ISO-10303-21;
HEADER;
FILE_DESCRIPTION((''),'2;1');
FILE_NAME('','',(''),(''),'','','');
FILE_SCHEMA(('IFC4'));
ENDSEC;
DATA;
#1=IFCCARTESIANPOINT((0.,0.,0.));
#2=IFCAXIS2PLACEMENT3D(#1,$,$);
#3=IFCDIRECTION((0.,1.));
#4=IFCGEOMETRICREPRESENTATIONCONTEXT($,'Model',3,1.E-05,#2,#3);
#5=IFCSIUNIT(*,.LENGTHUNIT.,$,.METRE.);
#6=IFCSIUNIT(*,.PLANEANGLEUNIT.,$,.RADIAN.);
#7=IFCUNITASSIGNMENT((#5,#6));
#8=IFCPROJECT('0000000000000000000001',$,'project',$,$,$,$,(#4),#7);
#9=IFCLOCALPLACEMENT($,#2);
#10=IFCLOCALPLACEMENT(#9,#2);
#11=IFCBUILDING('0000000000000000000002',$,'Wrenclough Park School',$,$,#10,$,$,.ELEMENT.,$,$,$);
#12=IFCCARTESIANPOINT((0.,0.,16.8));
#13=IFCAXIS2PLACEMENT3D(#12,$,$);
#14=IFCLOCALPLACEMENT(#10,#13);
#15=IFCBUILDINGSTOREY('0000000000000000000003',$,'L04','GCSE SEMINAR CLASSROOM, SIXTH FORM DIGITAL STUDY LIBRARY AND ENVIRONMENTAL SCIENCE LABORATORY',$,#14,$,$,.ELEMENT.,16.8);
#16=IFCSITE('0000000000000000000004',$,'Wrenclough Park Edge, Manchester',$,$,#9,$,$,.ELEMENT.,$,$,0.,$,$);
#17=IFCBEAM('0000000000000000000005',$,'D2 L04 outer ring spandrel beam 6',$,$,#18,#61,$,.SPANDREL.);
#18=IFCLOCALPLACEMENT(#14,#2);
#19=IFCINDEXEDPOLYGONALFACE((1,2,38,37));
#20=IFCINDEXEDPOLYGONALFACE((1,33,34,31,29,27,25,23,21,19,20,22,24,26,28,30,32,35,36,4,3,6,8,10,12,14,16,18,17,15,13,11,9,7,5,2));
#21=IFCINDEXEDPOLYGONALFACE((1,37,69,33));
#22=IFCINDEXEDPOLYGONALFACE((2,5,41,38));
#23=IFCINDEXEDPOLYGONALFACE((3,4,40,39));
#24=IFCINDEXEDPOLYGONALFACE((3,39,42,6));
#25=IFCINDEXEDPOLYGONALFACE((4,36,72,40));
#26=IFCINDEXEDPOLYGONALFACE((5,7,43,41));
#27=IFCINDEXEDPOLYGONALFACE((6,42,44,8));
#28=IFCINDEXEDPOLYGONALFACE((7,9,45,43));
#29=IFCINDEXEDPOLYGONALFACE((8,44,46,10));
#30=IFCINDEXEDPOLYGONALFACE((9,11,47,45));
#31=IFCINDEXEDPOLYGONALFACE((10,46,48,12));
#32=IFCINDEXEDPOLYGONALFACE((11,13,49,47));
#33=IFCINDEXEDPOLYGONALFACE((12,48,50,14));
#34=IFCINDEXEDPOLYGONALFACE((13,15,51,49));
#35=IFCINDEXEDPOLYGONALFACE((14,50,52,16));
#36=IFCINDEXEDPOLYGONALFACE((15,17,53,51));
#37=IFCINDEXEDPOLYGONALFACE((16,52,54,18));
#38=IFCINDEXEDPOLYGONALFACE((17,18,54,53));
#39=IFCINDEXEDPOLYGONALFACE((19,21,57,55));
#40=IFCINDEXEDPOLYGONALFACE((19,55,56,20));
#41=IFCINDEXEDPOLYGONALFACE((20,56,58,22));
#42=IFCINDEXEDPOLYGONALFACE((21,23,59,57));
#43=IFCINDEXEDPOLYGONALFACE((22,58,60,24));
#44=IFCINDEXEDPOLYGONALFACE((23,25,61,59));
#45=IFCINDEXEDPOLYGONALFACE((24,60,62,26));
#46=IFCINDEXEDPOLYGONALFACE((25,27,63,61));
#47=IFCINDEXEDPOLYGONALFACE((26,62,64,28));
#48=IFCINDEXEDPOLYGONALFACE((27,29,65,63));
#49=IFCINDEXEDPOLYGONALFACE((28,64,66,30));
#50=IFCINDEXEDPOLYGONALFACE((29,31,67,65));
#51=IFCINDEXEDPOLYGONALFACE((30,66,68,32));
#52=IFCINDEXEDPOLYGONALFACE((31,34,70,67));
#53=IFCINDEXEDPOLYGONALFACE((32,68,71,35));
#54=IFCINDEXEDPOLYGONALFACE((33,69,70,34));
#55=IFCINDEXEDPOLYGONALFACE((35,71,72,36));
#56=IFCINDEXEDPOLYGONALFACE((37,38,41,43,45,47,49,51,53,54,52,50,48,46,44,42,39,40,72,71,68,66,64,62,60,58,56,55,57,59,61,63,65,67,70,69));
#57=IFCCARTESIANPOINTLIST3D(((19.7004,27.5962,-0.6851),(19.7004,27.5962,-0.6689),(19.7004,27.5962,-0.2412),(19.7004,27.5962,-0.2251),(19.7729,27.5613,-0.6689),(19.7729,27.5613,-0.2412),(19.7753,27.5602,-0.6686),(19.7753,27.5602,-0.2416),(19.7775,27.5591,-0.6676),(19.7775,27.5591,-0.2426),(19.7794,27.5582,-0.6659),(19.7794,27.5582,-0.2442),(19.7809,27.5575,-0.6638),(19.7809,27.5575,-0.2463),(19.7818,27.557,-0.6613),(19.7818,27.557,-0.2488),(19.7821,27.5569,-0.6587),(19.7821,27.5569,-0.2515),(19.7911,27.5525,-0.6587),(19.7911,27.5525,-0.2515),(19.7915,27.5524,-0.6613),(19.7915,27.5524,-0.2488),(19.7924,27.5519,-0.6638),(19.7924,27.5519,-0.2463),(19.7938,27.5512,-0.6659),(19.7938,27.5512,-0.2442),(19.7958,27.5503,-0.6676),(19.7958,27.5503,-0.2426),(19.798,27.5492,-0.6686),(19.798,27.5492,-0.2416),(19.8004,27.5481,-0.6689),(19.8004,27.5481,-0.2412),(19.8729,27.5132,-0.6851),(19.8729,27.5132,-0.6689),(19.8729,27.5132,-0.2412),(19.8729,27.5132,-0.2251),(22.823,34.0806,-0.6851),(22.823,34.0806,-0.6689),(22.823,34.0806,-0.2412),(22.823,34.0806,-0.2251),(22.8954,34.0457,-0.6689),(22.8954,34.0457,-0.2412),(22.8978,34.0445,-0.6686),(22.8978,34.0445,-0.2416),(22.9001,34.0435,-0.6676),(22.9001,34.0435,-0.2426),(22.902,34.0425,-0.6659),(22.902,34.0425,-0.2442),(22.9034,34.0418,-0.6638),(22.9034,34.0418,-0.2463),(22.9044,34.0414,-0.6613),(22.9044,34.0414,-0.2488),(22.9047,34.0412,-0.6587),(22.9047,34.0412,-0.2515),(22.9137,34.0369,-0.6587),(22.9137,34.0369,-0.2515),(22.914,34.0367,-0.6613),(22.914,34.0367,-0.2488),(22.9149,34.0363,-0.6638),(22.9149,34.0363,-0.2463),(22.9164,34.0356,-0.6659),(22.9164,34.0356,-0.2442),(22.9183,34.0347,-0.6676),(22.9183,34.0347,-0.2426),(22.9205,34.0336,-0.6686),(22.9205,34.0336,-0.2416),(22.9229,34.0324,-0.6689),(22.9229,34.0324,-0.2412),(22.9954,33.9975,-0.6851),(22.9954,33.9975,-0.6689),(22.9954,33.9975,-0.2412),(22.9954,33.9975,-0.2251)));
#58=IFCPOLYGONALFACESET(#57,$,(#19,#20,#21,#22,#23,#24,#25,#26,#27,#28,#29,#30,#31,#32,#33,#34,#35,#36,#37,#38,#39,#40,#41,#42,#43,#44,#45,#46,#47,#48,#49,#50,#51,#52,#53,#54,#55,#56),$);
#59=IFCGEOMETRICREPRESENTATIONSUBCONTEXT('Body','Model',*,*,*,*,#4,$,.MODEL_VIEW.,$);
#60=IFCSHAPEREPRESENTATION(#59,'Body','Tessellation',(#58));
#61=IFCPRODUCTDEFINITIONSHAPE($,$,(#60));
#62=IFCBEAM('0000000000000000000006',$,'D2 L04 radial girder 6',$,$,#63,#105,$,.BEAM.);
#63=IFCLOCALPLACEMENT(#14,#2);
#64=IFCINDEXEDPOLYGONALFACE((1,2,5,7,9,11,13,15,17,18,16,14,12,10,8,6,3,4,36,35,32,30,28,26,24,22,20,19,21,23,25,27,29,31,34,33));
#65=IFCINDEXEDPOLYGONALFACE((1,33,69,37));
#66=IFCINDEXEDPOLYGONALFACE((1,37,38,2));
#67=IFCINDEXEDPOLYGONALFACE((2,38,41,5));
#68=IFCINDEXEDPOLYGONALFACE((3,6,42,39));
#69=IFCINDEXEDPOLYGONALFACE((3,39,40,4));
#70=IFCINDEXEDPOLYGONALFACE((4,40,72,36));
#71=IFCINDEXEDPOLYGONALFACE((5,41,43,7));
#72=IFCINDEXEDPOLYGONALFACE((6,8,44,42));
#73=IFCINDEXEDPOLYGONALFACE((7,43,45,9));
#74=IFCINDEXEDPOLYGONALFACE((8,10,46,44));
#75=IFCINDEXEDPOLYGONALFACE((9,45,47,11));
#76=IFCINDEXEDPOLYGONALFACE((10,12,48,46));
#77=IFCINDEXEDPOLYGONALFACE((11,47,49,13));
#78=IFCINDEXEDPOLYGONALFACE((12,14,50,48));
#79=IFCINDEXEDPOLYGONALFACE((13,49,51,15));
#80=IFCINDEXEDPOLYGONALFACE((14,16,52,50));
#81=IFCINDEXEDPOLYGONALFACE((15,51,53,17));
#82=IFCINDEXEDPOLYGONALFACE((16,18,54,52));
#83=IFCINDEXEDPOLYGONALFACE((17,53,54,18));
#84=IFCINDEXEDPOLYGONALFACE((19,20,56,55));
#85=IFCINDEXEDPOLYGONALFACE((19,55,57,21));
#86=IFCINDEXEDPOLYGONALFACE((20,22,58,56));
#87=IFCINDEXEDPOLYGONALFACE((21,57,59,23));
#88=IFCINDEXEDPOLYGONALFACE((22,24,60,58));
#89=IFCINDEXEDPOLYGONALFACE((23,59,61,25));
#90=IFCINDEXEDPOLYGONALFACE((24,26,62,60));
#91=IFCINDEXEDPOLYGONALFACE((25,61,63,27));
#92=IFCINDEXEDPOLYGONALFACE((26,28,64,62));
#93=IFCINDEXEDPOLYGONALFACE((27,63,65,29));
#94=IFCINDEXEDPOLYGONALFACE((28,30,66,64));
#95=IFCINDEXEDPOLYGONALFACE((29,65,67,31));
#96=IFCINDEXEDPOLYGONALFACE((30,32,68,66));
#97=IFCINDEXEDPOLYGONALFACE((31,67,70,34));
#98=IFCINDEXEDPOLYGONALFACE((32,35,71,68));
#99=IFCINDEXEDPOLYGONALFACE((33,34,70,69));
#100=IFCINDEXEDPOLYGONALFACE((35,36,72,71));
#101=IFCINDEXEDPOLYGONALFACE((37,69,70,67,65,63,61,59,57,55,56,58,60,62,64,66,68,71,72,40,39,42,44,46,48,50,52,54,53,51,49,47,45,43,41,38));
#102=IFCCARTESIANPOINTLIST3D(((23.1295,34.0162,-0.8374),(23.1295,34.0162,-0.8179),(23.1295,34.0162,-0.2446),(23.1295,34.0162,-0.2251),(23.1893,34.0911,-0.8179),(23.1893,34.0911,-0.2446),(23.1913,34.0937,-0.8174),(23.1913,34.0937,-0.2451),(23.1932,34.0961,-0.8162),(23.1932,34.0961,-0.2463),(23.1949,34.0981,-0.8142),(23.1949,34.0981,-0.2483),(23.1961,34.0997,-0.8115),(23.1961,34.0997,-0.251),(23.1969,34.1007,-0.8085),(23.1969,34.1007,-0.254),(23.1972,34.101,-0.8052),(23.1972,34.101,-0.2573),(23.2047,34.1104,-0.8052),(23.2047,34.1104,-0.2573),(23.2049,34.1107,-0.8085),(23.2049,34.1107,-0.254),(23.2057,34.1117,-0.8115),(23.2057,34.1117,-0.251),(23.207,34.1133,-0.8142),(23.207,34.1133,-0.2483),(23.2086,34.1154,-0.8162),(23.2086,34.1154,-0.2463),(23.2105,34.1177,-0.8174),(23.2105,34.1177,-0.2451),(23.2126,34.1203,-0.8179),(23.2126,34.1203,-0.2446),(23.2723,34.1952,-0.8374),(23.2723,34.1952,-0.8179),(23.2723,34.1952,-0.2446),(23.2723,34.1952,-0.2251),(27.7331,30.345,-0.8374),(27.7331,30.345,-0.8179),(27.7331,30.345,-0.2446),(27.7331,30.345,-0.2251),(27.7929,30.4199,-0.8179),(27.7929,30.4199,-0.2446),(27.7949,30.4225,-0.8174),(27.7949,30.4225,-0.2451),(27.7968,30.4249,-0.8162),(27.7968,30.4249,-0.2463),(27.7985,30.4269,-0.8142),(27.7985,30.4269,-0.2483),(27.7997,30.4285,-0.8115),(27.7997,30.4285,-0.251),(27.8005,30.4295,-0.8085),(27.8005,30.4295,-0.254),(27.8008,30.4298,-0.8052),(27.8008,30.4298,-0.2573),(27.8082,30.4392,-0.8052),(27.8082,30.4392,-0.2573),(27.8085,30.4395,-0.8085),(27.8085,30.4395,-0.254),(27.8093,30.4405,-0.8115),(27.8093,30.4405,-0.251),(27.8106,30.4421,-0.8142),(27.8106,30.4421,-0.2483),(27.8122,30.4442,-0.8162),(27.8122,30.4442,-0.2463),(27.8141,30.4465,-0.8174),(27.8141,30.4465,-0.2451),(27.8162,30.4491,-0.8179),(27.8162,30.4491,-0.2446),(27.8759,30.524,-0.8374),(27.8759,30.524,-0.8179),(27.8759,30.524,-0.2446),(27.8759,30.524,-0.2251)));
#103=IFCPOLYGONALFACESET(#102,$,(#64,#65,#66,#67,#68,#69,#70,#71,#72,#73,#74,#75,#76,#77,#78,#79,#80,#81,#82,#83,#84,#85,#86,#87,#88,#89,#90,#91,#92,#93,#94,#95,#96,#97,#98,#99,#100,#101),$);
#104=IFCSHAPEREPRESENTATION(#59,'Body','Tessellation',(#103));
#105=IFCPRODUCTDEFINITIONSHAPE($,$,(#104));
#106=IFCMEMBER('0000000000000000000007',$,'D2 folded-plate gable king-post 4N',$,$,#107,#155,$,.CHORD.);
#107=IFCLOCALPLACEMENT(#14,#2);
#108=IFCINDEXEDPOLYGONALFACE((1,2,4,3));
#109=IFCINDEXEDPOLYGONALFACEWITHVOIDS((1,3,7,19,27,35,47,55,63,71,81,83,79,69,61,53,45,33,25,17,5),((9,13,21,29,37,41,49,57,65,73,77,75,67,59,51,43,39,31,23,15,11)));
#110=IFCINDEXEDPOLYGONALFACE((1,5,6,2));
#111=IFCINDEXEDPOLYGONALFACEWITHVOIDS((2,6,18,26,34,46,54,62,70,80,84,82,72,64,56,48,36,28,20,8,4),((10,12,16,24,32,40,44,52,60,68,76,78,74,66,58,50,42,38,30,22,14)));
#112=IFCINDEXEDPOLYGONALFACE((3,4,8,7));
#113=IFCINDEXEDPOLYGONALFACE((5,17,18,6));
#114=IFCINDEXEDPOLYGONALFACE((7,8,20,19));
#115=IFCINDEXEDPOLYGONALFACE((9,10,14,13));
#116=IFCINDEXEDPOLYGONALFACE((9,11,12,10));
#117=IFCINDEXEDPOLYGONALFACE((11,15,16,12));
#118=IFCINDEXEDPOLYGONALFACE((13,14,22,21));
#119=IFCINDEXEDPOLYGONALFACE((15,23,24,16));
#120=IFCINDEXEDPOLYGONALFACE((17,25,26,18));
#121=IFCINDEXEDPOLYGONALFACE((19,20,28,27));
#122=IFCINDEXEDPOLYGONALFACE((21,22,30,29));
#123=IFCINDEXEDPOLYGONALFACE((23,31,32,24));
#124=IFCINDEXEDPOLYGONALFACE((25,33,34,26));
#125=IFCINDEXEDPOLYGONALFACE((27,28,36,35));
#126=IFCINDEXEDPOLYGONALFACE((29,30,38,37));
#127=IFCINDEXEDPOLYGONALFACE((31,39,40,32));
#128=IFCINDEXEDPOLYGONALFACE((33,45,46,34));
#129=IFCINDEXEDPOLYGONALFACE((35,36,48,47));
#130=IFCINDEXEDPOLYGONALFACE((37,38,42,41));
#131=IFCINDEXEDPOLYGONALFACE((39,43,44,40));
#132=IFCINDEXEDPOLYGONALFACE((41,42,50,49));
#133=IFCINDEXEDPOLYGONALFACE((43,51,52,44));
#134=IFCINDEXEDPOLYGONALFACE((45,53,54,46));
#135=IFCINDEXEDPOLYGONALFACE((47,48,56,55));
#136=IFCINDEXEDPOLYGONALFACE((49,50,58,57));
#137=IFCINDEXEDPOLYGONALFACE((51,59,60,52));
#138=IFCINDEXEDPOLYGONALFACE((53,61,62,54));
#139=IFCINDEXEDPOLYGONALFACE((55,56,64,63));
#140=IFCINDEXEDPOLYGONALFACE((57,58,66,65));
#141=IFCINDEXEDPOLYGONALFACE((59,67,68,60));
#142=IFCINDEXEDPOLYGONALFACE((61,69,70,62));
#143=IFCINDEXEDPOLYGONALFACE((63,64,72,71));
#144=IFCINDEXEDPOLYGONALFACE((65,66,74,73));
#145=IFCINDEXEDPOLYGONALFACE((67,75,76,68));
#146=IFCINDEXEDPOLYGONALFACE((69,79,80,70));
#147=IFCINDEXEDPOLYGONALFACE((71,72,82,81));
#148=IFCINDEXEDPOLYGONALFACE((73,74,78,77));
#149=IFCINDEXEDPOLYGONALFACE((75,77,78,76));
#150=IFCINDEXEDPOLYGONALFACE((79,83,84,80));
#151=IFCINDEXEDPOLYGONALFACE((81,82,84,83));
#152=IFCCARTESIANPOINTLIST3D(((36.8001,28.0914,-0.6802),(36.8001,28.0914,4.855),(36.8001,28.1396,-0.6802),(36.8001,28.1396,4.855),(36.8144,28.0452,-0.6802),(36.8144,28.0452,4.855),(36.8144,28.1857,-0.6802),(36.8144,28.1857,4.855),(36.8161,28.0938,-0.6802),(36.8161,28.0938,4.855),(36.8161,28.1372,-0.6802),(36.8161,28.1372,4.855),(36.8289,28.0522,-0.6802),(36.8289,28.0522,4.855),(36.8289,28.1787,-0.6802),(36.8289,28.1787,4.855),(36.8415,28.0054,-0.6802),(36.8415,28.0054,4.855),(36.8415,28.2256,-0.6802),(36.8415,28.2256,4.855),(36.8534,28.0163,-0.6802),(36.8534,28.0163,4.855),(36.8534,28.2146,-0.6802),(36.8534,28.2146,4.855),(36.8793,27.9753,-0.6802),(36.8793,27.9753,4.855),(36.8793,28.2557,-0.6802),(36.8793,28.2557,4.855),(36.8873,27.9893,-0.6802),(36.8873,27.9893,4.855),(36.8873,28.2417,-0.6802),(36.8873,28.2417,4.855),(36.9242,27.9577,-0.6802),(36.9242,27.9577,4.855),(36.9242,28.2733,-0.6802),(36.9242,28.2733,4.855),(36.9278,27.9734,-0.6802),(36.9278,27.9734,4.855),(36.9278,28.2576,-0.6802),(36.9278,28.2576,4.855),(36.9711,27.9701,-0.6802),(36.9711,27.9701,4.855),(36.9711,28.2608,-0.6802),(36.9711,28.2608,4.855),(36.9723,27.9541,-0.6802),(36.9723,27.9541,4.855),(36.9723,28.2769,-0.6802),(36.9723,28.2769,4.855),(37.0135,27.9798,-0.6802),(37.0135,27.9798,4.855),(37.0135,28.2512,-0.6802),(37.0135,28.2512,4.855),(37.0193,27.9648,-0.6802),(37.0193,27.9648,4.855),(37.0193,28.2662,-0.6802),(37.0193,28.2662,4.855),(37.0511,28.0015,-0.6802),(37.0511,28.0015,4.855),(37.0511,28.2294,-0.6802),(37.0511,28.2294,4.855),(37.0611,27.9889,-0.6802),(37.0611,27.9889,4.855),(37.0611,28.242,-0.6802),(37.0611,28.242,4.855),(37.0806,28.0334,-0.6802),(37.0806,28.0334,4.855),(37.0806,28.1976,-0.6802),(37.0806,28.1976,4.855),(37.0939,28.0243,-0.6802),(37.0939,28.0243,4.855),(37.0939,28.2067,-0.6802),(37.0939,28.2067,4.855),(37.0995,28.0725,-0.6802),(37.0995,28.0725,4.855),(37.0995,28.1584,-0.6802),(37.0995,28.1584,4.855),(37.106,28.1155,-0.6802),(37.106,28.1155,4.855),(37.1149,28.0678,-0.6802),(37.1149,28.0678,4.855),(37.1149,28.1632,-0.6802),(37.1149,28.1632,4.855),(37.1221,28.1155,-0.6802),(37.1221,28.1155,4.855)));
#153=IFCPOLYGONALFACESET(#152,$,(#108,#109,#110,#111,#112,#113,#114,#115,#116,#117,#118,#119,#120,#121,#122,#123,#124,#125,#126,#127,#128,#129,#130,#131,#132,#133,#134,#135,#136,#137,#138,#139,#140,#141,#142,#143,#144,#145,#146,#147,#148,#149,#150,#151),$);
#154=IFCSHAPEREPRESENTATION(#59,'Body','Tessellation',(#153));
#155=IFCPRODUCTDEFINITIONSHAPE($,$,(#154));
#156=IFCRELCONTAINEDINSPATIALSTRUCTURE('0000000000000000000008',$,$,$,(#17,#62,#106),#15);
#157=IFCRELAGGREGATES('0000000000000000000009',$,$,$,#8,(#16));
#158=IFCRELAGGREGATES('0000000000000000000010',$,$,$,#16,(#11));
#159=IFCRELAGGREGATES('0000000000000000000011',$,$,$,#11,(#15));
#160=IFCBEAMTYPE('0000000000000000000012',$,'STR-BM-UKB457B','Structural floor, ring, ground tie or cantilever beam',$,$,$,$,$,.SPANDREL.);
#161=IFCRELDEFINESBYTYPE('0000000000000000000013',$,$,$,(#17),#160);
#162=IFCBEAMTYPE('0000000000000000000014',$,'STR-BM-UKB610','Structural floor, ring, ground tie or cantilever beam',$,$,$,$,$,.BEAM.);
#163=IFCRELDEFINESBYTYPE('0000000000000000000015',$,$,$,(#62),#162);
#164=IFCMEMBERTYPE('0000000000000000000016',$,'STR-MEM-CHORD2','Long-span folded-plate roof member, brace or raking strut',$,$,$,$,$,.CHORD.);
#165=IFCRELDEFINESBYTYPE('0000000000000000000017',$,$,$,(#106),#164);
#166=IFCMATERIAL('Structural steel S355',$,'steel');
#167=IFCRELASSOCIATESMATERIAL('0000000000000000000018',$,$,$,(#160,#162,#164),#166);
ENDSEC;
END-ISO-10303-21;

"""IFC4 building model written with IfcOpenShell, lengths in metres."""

from ifc_helpers import new_model, si_unit, direction, frame, origin, origin_2d, place, context, subcontext, project, spatial, hollow_circle, i_section, extrude, material, material_profile, profile_set, type_object, element, save


model = new_model("IFC4")

# Units and contexts
model_context = context("Model", 3, precision=1e-05, world=origin(), true_north=direction((0.0, 1.0)))
body_context = subcontext(model_context, "Body", "Model", "MODEL_VIEW")
ifc_project = project(units=[si_unit("LENGTHUNIT", "METRE"), si_unit("PLANEANGLEUNIT", "RADIAN")], contexts=[model_context])

# Site, building, storey
site_placement = place(None, origin())
site = spatial("IfcSite", under=ifc_project, at=site_placement, Name="Wrenclough Park Edge, Manchester", CompositionType="ELEMENT", RefElevation=0.0)
building_placement = place(site_placement, origin())
building = spatial("IfcBuilding", under=site, at=building_placement, Name="Wrenclough Park School", CompositionType="ELEMENT")
storey_placement = place(building_placement, frame((0.0, 0.0, 16.8)))
storey = spatial("IfcBuildingStorey", under=building, at=storey_placement, Name="L04", Description="GCSE SEMINAR CLASSROOM, SIXTH FORM DIGITAL STUDY LIBRARY AND ENVIRONMENTAL SCIENCE LABORATORY", CompositionType="ELEMENT", Elevation=16.8)

# Shared definitions
ifc_material_1 = material(Name="Structural steel S355", Category="steel")

# Beams
ifc_material_profile_1 = material_profile(ifc_material_1, i_section(OverallWidth=0.1914, OverallDepth=0.46, WebThickness=0.01, FlangeThickness=0.0161, FilletRadius=0.0103, at=origin_2d()), Name="UKB 457x191x82")
ifc_profile_set_1 = profile_set([ifc_material_profile_1], Name="Structural steel S355")
beam_type_1 = type_object("IfcBeamType", Name="STR-BM-UKB457B", Description="Structural floor, ring, ground tie or cantilever beam", PredefinedType="SPANDREL", material=ifc_profile_set_1)
for number, where, z_axis, x_axis, name in (
    (1, (22.9092, 34.0391, -0.4551), (-0.433867, -0.900977, 0.0), (0.900977, -0.433867, 0.0), "D2 L04 outer ring spandrel beam 6"),
):
    element("IfcBeam", number, at=place(storey_placement, frame(where, z_axis=z_axis, x_axis=x_axis)), inside=storey, type_object=beam_type_1, Name=name, PredefinedType="SPANDREL", context=body_context, shape_type="SweptSolid", body=[
        extrude(i_section(OverallWidth=0.1914, OverallDepth=0.46, WebThickness=0.01, FlangeThickness=0.0161, FilletRadius=0.0103, at=origin_2d()), origin(), (0.0, 0.0, 1.0), 7.197),
    ])
ifc_material_profile_2 = material_profile(ifc_material_1, i_section(OverallWidth=0.229, OverallDepth=0.6123, WebThickness=0.012, FlangeThickness=0.0195, FilletRadius=0.0127, at=origin_2d()), Name="UKB 610x229x125")
ifc_profile_set_2 = profile_set([ifc_material_profile_2], Name="Structural steel S355")
beam_type_2 = type_object("IfcBeamType", Name="STR-BM-UKB610", Description="Structural floor, ring, ground tie or cantilever beam", PredefinedType="BEAM", material=ifc_profile_set_2)
beam_1_placement = place(storey_placement, frame((23.2009, 34.1057, -0.5312), z_axis=(0.781835, -0.623486, 0.0), x_axis=(0.623486, 0.781835, 0.0)))
element("IfcBeam", 2, at=beam_1_placement, inside=storey, type_object=beam_type_2, Name="D2 L04 radial girder 6", PredefinedType="BEAM", context=body_context, shape_type="SweptSolid", body=[
    extrude(i_section(OverallWidth=0.229, OverallDepth=0.6123, WebThickness=0.012, FlangeThickness=0.0195, FilletRadius=0.0127, at=origin_2d()), origin(), (0.0, 0.0, 1.0), 5.8882),
])

# Member
ifc_material_profile_3 = material_profile(ifc_material_1, hollow_circle(Radius=0.1619, WallThickness=0.0161, at=origin_2d()), Name="CHS 323.9x16.0")
ifc_profile_set_3 = profile_set([ifc_material_profile_3], Name="Structural steel S355")
member_type_1 = type_object("IfcMemberType", Name="STR-MEM-CHORD2", Description="Long-span folded-plate roof member, brace or raking strut", PredefinedType="CHORD", material=ifc_profile_set_3)
for number, where, z_axis, x_axis, name in (
    (3, (36.9602, 28.1155, -0.6802), (0.0, 0.0, 1.0), (1.0, 0.0, 0.0), "D2 folded-plate gable king-post 4N"),
):
    element("IfcMember", number, at=place(storey_placement, frame(where, z_axis=z_axis, x_axis=x_axis)), inside=storey, type_object=member_type_1, Name=name, PredefinedType="CHORD", context=body_context, shape_type="SweptSolid", body=[
        extrude(hollow_circle(Radius=0.1619, WallThickness=0.0161, at=origin_2d()), origin(), (0.0, 0.0, 1.0), 5.5352),
    ])

save(model, "model.ifc")
